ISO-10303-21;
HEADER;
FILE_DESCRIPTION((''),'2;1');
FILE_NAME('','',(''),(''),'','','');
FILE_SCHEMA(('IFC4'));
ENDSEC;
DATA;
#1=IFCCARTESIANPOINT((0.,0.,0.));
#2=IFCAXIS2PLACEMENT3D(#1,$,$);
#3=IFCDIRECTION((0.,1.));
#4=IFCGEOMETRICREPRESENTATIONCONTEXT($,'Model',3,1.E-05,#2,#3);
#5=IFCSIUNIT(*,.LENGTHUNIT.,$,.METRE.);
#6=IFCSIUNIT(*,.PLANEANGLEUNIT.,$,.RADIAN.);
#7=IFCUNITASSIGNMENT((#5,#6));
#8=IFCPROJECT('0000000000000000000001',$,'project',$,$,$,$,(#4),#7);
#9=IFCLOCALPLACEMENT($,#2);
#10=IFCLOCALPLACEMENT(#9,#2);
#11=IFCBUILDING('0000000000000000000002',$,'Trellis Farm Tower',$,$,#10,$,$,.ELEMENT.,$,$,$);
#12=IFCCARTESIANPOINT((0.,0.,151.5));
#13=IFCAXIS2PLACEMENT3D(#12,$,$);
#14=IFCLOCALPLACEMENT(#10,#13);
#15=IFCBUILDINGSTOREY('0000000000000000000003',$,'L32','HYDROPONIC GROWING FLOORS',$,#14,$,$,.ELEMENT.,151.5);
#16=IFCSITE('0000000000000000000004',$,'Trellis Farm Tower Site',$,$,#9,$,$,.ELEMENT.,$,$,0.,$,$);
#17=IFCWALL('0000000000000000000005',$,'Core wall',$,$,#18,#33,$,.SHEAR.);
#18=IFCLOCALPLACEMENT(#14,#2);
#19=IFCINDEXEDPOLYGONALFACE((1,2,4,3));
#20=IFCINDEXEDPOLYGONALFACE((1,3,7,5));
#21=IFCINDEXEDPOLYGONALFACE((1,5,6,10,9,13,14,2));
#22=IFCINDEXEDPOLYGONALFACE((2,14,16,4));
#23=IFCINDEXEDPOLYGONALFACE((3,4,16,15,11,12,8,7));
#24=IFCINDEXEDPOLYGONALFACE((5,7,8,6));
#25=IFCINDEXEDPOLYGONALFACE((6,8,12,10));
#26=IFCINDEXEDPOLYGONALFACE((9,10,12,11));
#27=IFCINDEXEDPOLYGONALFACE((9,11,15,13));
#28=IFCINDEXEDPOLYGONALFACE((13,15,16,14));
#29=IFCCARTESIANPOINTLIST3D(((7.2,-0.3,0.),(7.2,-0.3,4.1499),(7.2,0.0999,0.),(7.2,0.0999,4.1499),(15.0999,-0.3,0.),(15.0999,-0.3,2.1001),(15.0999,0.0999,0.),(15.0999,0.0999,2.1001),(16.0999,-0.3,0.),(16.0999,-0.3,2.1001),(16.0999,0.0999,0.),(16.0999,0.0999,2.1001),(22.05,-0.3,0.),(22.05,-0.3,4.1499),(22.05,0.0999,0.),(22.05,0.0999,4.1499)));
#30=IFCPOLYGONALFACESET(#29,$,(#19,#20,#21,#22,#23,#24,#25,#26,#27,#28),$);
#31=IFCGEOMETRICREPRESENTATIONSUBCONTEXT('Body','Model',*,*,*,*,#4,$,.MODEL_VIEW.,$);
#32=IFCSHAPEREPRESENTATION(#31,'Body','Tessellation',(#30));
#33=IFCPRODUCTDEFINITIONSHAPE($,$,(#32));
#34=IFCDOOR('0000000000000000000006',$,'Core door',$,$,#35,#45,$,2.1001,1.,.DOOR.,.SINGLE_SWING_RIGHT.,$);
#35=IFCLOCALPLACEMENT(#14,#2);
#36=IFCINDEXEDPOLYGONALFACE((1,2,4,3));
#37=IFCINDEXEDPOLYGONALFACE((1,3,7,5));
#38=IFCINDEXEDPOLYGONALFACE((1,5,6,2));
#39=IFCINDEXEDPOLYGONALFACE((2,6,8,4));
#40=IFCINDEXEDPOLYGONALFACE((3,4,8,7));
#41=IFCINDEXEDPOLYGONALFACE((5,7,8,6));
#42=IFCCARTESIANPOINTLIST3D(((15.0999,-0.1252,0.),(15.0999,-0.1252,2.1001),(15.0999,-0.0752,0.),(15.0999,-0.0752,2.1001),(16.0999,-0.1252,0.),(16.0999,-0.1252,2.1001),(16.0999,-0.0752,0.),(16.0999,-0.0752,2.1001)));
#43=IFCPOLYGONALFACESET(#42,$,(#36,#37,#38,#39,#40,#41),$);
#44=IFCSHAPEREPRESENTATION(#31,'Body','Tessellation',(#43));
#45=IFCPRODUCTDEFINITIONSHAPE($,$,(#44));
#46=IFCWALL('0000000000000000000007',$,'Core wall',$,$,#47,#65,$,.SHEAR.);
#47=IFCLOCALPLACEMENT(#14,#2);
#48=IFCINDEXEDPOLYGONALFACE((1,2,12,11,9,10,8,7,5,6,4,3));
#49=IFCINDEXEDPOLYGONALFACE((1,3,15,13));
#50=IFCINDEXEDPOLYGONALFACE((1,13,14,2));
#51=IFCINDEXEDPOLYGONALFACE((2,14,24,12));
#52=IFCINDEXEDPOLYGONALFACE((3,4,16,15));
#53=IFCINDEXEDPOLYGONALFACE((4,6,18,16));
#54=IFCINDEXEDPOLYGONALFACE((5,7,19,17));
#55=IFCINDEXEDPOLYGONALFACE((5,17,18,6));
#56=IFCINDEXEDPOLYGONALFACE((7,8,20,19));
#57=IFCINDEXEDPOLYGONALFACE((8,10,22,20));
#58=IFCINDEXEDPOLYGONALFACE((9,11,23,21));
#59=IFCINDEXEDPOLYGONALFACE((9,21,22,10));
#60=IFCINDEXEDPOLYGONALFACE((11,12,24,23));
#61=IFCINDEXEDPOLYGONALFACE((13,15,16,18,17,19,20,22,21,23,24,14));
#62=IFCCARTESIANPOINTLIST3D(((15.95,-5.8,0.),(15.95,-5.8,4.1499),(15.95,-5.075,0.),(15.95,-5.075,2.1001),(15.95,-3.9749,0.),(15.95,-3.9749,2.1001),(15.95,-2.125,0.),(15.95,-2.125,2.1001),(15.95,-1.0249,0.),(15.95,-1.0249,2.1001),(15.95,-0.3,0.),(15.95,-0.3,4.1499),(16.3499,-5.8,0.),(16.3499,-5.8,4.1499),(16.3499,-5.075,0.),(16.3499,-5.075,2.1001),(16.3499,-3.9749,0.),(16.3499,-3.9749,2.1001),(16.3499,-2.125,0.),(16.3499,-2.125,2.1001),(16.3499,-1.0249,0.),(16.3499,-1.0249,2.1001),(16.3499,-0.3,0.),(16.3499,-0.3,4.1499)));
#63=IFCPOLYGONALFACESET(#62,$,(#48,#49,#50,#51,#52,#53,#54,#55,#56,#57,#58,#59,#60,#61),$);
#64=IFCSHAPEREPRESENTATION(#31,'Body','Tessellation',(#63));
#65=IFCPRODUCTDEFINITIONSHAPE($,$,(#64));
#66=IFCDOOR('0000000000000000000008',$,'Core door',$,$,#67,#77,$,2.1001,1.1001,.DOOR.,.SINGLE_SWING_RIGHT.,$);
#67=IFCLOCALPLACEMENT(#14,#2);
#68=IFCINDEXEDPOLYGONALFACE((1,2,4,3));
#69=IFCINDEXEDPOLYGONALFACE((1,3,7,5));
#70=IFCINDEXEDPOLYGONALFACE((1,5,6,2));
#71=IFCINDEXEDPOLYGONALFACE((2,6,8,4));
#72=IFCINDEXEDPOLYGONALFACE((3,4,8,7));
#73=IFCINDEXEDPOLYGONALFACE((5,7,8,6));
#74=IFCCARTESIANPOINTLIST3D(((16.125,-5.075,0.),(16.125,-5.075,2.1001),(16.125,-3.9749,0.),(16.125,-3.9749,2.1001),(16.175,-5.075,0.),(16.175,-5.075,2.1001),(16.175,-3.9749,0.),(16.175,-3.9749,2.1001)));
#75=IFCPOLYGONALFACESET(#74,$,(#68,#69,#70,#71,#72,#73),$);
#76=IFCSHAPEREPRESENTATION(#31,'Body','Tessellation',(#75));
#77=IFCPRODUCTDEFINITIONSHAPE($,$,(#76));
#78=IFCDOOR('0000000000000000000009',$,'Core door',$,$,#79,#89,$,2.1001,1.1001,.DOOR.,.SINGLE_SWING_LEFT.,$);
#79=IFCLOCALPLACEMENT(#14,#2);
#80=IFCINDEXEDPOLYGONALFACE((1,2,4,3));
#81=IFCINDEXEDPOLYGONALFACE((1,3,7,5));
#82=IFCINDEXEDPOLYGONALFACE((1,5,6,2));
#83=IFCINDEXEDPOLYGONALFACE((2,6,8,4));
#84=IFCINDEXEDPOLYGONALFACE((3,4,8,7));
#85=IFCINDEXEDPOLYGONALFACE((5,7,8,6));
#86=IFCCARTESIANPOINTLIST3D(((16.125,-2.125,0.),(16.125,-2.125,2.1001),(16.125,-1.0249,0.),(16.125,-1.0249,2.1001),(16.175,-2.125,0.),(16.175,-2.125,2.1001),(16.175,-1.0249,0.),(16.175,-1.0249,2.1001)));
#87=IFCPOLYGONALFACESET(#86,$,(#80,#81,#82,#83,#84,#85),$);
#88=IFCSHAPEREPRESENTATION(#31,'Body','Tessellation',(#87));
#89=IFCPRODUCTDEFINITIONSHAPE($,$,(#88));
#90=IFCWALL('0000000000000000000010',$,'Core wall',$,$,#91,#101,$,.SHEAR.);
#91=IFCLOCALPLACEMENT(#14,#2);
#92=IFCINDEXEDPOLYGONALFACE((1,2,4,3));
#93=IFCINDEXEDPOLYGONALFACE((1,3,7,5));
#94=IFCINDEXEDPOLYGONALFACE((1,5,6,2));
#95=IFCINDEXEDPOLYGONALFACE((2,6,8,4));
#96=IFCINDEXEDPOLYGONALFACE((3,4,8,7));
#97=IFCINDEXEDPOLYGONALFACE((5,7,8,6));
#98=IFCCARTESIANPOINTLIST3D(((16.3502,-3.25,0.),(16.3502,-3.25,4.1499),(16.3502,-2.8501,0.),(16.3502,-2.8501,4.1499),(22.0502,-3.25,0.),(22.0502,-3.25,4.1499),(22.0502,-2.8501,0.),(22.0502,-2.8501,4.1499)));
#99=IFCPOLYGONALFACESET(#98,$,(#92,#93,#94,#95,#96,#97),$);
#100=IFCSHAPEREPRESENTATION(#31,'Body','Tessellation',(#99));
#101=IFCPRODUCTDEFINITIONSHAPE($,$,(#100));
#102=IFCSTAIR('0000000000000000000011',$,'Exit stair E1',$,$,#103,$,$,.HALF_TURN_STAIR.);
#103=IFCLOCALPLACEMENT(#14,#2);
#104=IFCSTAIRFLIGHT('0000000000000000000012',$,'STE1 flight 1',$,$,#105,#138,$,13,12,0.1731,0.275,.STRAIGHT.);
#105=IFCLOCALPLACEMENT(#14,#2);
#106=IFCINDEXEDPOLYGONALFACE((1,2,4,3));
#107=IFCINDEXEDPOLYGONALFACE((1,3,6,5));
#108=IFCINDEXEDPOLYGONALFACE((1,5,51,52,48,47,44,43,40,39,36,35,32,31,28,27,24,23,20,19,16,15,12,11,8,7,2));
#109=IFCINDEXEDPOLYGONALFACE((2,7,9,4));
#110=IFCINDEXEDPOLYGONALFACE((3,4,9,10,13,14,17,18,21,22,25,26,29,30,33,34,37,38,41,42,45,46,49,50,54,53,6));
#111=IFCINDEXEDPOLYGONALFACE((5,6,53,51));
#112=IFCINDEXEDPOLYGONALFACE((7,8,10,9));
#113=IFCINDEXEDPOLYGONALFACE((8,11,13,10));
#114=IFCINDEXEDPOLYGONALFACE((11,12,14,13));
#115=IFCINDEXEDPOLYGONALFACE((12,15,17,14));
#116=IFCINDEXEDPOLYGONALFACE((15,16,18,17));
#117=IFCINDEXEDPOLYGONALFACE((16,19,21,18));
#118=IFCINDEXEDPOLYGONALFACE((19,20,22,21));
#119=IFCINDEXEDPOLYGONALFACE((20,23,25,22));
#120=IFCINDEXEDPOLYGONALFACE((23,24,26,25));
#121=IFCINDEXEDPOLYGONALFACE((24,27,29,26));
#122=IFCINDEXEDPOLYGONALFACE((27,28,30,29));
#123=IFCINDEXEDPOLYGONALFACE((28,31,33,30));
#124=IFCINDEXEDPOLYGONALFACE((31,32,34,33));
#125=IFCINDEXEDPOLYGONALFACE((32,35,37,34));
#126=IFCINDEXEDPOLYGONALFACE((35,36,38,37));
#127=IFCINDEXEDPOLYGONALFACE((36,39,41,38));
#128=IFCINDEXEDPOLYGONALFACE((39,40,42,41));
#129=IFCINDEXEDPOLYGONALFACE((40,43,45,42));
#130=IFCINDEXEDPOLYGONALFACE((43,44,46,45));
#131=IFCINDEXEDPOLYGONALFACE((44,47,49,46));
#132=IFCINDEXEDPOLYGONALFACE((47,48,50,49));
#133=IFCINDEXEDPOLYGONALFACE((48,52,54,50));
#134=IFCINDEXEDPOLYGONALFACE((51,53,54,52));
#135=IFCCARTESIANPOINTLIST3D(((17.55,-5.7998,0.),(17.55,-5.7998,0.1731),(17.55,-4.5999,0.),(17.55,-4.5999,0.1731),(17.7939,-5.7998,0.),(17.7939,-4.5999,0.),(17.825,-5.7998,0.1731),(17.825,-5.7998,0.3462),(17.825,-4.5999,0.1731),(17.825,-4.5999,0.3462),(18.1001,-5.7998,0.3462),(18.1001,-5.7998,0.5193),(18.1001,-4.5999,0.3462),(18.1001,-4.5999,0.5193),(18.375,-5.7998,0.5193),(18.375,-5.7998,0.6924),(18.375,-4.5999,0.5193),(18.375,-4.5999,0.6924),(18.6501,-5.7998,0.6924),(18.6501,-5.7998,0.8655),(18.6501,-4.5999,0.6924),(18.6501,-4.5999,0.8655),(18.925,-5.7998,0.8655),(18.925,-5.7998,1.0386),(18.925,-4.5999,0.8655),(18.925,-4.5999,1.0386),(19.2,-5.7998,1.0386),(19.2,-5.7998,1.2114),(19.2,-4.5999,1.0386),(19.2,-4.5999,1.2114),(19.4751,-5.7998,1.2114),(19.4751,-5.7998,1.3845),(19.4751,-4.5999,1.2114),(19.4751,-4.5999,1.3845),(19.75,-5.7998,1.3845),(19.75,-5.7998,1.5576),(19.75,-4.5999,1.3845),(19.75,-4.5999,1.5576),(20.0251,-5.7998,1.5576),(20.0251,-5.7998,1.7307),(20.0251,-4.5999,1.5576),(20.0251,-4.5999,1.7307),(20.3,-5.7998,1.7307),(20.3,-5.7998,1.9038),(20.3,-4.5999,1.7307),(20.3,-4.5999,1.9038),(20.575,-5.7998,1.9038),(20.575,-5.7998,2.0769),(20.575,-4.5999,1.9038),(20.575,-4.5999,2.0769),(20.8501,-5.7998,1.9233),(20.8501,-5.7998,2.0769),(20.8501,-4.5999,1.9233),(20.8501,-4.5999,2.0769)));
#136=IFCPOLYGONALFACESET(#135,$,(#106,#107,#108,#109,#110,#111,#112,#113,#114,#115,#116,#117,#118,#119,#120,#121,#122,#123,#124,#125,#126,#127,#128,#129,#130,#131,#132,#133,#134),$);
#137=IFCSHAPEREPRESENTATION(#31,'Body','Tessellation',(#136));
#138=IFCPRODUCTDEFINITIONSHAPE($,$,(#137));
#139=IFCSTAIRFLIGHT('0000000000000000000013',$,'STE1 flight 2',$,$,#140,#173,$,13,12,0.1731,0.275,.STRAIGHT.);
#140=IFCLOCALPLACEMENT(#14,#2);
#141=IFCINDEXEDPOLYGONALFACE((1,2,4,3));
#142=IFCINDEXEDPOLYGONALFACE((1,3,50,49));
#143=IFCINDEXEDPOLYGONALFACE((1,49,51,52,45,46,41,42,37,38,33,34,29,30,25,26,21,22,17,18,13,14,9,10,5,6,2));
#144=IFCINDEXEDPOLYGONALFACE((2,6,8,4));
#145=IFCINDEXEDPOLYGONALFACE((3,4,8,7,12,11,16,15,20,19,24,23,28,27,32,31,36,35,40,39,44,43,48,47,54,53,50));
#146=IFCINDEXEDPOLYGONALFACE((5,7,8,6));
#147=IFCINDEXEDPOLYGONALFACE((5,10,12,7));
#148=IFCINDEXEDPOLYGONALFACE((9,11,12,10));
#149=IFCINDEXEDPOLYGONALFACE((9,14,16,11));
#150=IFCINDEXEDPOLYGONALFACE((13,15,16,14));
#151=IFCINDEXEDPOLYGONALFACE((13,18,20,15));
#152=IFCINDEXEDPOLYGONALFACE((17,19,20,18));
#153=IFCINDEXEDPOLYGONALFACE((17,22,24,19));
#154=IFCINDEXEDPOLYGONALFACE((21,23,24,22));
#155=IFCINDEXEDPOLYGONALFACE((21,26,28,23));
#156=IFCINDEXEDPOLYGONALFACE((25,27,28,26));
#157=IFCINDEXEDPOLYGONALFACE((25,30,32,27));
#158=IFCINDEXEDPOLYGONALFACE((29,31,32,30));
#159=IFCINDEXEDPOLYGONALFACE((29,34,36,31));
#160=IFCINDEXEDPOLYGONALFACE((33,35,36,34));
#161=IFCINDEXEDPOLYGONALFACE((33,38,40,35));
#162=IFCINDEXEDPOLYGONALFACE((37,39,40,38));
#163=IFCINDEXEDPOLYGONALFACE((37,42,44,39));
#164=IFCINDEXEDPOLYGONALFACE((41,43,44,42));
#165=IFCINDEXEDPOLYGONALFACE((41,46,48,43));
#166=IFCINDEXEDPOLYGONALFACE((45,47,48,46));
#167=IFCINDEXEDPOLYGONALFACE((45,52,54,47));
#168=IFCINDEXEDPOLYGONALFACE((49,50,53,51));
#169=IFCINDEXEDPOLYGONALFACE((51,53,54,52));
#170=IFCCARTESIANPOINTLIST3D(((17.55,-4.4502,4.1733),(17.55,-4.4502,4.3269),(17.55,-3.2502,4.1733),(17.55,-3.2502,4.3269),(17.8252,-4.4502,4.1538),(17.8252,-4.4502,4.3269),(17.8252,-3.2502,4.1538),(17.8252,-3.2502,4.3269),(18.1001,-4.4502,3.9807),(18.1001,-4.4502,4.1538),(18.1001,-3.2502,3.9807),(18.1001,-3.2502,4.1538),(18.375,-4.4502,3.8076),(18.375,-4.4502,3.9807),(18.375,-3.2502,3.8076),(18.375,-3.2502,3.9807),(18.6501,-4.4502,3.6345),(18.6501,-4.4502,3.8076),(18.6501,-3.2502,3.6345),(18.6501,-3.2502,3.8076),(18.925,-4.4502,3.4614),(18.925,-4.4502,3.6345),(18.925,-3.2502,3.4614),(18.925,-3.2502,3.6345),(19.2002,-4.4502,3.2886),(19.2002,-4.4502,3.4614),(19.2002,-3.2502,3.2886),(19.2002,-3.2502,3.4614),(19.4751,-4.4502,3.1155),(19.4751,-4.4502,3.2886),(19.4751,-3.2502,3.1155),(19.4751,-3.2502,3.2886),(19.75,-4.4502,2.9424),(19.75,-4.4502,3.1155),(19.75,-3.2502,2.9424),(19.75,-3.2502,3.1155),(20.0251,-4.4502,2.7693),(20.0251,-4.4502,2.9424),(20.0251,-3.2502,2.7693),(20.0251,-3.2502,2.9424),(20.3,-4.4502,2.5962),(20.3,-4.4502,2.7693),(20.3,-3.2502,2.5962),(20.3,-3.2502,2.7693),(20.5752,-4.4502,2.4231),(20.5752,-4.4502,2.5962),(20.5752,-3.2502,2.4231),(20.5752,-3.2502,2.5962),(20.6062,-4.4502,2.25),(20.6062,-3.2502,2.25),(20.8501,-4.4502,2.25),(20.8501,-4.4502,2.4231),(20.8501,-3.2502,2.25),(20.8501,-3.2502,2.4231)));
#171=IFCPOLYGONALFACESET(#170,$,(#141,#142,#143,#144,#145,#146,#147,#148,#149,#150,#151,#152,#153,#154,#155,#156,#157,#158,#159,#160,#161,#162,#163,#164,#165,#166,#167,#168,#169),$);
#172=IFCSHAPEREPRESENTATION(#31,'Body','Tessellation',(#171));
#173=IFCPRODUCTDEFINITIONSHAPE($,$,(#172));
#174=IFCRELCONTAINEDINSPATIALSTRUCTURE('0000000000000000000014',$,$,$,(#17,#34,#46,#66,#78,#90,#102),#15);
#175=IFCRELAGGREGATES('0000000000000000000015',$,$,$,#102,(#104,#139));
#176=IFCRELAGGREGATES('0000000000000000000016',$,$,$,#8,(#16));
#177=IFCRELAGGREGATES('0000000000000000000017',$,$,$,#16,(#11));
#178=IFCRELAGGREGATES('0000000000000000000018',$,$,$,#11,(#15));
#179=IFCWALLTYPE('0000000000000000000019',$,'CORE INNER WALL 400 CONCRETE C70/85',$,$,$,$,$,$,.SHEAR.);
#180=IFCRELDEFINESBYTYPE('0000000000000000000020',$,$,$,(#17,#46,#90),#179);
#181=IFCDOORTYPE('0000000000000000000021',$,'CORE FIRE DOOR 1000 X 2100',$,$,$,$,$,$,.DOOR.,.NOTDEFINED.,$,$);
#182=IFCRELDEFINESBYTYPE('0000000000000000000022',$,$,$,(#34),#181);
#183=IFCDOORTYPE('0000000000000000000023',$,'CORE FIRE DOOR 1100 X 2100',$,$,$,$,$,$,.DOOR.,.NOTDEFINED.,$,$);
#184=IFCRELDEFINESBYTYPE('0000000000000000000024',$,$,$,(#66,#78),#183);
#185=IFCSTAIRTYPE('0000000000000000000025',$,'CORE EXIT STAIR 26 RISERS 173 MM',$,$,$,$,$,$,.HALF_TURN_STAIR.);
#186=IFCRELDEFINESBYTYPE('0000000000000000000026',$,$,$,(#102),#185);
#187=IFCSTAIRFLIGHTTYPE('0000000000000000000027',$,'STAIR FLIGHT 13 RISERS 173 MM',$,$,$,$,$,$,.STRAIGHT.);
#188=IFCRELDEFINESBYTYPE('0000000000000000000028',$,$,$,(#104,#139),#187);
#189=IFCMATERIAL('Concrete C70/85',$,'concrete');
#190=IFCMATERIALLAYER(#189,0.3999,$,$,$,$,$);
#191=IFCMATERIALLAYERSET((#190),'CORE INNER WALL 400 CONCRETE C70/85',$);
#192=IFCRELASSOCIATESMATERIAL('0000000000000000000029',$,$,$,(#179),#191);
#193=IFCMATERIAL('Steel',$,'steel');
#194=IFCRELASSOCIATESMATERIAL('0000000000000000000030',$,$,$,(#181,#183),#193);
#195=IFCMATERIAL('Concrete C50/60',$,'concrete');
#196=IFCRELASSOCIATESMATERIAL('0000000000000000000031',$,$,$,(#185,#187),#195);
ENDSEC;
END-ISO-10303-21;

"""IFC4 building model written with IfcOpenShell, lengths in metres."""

from ifc_helpers import new_model, si_unit, direction, frame, frame_2d, origin, place, context, subcontext, project, spatial, polyline, rectangle, outline, extrude, source, transform, mapped, material, layer, layer_set, type_object, element, fill, aggregate, save


model = new_model("IFC4")

# Units and contexts
model_context = context("Model", 3, precision=1e-05, world=origin(), true_north=direction((0.0, 1.0)))
body_context = subcontext(model_context, "Body", "Model", "MODEL_VIEW")
ifc_project = project(units=[si_unit("LENGTHUNIT", "METRE"), si_unit("PLANEANGLEUNIT", "RADIAN")], contexts=[model_context])

# Site, building, storey
site_placement = place(None, origin())
site = spatial("IfcSite", under=ifc_project, at=site_placement, Name="Trellis Farm Tower Site", CompositionType="ELEMENT", RefElevation=0.0)
building_placement = place(site_placement, origin())
building = spatial("IfcBuilding", under=site, at=building_placement, Name="Trellis Farm Tower", CompositionType="ELEMENT")
storey_placement = place(building_placement, frame((0.0, 0.0, 151.5)))
storey = spatial("IfcBuildingStorey", under=building, at=storey_placement, Name="L32", Description="HYDROPONIC GROWING FLOORS", CompositionType="ELEMENT", Elevation=151.5)

# Shared definitions
placement = place(storey_placement, origin())

# Shared definitions
ifc_material_1 = material(Name="Concrete C70/85", Category="concrete")
ifc_layer_1 = layer(ifc_material_1, 0.3999)
ifc_layer_set_1 = layer_set([ifc_layer_1], Name="CORE INNER WALL 400 CONCRETE C70/85")
wall_type_1 = type_object("IfcWallType", Name="CORE INNER WALL 400 CONCRETE C70/85", PredefinedType="SHEAR", material=ifc_layer_set_1)

# Shared definitions
shared_shape_1 = source(origin(), body_context, "Body", "SweptSolid", [
    extrude(rectangle(XDim=1.1001, YDim=2.1001, at=frame_2d((0.55, 1.05))), frame((0.0, 0.21, 0.0), z_axis=(0.0, -1.0, 0.0), x_axis=(1.0, 0.0, 0.0)), (0.0, 0.0, 1.0), 0.4199),
])
shared_shape_2 = source(origin(), body_context, "Body", "SweptSolid", [
    extrude(rectangle(XDim=1.1001, YDim=2.1001, at=frame_2d((0.55, 1.05))), frame((0.0, 0.0249, 0.0), z_axis=(0.0, -1.0, 0.0), x_axis=(1.0, 0.0, 0.0)), (0.0, 0.0, 1.0), 0.05),
])

# Wall, opening, door
shared_shape_3 = source(origin(), body_context, "Body", "SweptSolid", [
    extrude(rectangle(XDim=14.8501, YDim=0.3999, at=frame_2d((7.425, 0.0))), origin(), (0.0, 0.0, 1.0), 4.1499),
])
wall_1_placement = place(storey_placement, frame((7.2, -0.1001, 0.0), z_axis=(0.0, 0.0, 1.0), x_axis=(1.0, 0.0, 0.0)))
wall_1 = element("IfcWall", 1, at=wall_1_placement, inside=storey, type_object=wall_type_1, Name="Core wall", PredefinedType="SHEAR", context=body_context, shape_type="MappedRepresentation", body=[
    mapped(shared_shape_3, transform((0.0, 0.0, 0.0))),
])
shared_shape_4 = source(origin(), body_context, "Body", "SweptSolid", [
    extrude(rectangle(XDim=1.0, YDim=2.1001, at=frame_2d((0.5, 1.05))), frame((0.0, 0.21, 0.0), z_axis=(0.0, -1.0, 0.0), x_axis=(1.0, 0.0, 0.0)), (0.0, 0.0, 1.0), 0.4199),
])
opening_1_placement = place(wall_1_placement, frame((7.8999, 0.0, 0.0)))
opening_1 = element("IfcOpeningElement", 2, at=opening_1_placement, cuts=wall_1, PredefinedType="OPENING", context=body_context, shape_type="MappedRepresentation", body=[
    mapped(shared_shape_4, transform((0.0, 0.0, 0.0))),
])
ifc_material_2 = material(Name="Steel", Category="steel")
door_type_1 = type_object("IfcDoorType", Name="CORE FIRE DOOR 1000 X 2100", OperationType="NOTDEFINED", PredefinedType="DOOR", material=ifc_material_2)
shared_shape_5 = source(origin(), body_context, "Body", "SweptSolid", [
    extrude(rectangle(XDim=1.0, YDim=2.1001, at=frame_2d((0.5, 1.05))), frame((0.0, 0.0249, 0.0), z_axis=(0.0, -1.0, 0.0), x_axis=(1.0, 0.0, 0.0)), (0.0, 0.0, 1.0), 0.05),
])
door_1_placement = place(opening_1_placement, origin())
door_1 = element("IfcDoor", 3, at=door_1_placement, inside=storey, type_object=door_type_1, Name="Core door", OperationType="SINGLE_SWING_RIGHT", OverallHeight=2.1001, OverallWidth=1.0, PredefinedType="DOOR", context=body_context, shape_type="MappedRepresentation", body=[
    mapped(shared_shape_5, transform((0.0, 0.0, 0.0))),
])
fill(opening_1, door_1)

# Wall, openings, doors
shared_shape_6 = source(origin(), body_context, "Body", "SweptSolid", [
    extrude(rectangle(XDim=5.5, YDim=0.3999, at=frame_2d((2.75, 0.0))), origin(), (0.0, 0.0, 1.0), 4.1499),
])
wall_2_placement = place(storey_placement, frame((16.1499, -5.8, 0.0), z_axis=(0.0, 0.0, 1.0), x_axis=(0.0, 1.0, 0.0)))
wall_2 = element("IfcWall", 4, at=wall_2_placement, inside=storey, type_object=wall_type_1, Name="Core wall", PredefinedType="SHEAR", context=body_context, shape_type="MappedRepresentation", body=[
    mapped(shared_shape_6, transform((0.0, 0.0, 0.0))),
])
opening_2_placement = place(wall_2_placement, frame((0.7251, 0.0, 0.0)))
opening_2 = element("IfcOpeningElement", 5, at=opening_2_placement, cuts=wall_2, PredefinedType="OPENING", context=body_context, shape_type="MappedRepresentation", body=[
    mapped(shared_shape_1, transform((0.0, 0.0, 0.0))),
])
opening_3_placement = place(wall_2_placement, frame((3.675, 0.0, 0.0)))
opening_3 = element("IfcOpeningElement", 6, at=opening_3_placement, cuts=wall_2, PredefinedType="OPENING", context=body_context, shape_type="MappedRepresentation", body=[
    mapped(shared_shape_1, transform((0.0, 0.0, 0.0))),
])
door_type_2 = type_object("IfcDoorType", Name="CORE FIRE DOOR 1100 X 2100", OperationType="NOTDEFINED", PredefinedType="DOOR", material=ifc_material_2)
door_2_placement = place(opening_2_placement, origin())
door_2 = element("IfcDoor", 7, at=door_2_placement, inside=storey, type_object=door_type_2, Name="Core door", OperationType="SINGLE_SWING_RIGHT", OverallHeight=2.1001, OverallWidth=1.1001, PredefinedType="DOOR", context=body_context, shape_type="MappedRepresentation", body=[
    mapped(shared_shape_2, transform((0.0, 0.0, 0.0))),
])
fill(opening_2, door_2)
door_3_placement = place(opening_3_placement, origin())
door_3 = element("IfcDoor", 8, at=door_3_placement, inside=storey, type_object=door_type_2, Name="Core door", OperationType="SINGLE_SWING_LEFT", OverallHeight=2.1001, OverallWidth=1.1001, PredefinedType="DOOR", context=body_context, shape_type="MappedRepresentation", body=[
    mapped(shared_shape_2, transform((0.0, 0.0, 0.0))),
])
fill(opening_3, door_3)

# Wall
shared_shape_7 = source(origin(), body_context, "Body", "SweptSolid", [
    extrude(rectangle(XDim=5.7, YDim=0.3999, at=frame_2d((2.8501, 0.0))), origin(), (0.0, 0.0, 1.0), 4.1499),
])
wall_3_placement = place(storey_placement, frame((16.3501, -3.05, 0.0), z_axis=(0.0, 0.0, 1.0), x_axis=(1.0, 0.0, 0.0)))
element("IfcWall", 9, at=wall_3_placement, inside=storey, type_object=wall_type_1, Name="Core wall", PredefinedType="SHEAR", context=body_context, shape_type="MappedRepresentation", body=[
    mapped(shared_shape_7, transform((0.0, 0.0, 0.0))),
])

# Stair, stair flights
ifc_material_3 = material(Name="Concrete C50/60", Category="concrete")
stair_type = type_object("IfcStairType", Name="CORE EXIT STAIR 26 RISERS 173 MM", PredefinedType="HALF_TURN_STAIR", material=ifc_material_3)
stair_1 = element("IfcStair", 10, at=placement, inside=storey, type_object=stair_type, Name="Exit stair E1", PredefinedType="HALF_TURN_STAIR")
stair_flight_type = type_object("IfcStairFlightType", Name="STAIR FLIGHT 13 RISERS 173 MM", PredefinedType="STRAIGHT", material=ifc_material_3)
shared_shape_8 = source(origin(), body_context, "Body", "SweptSolid", [
    extrude(outline(polyline([(0.0, 0.0), (0.0, 0.1731), (0.2749, 0.1731), (0.2749, 0.3462), (0.55, 0.3462), (0.55, 0.5193), (0.825, 0.5193), (0.825, 0.6924), (1.1001, 0.6924), (1.1001, 0.8655), (1.375, 0.8655), (1.375, 1.0386), (1.6499, 1.0386), (1.6499, 1.2114), (1.925, 1.2114), (1.925, 1.3845), (2.2, 1.3845), (2.2, 1.5576), (2.4751, 1.5576), (2.4751, 1.7307), (2.75, 1.7307), (2.75, 1.9038), (3.0249, 1.9038), (3.0249, 2.0769), (3.3, 2.0769), (3.3, 2.25), (3.3, 1.9233), (0.2439, 0.0), (0.0, 0.0)])), frame((0.0, 0.6001, 0.0), z_axis=(0.0, -1.0, 0.0), x_axis=(1.0, 0.0, 0.0)), (0.0, 0.0, 1.0), 1.2),
])
stair_flight_1_placement = place(storey_placement, frame((17.55, -5.2, 0.0), z_axis=(0.0, 0.0, 1.0), x_axis=(1.0, 0.0, 0.0)))
stair_flight_1 = element("IfcStairFlight", 11, at=stair_flight_1_placement, type_object=stair_flight_type, Name="STE1 flight 1", NumberOfRisers=13, NumberOfTreads=12, PredefinedType="STRAIGHT", RiserHeight=0.1731, TreadLength=0.275, context=body_context, shape_type="MappedRepresentation", body=[
    mapped(shared_shape_8, transform((0.0, 0.0, 0.0))),
])
stair_flight_2_placement = place(storey_placement, frame((20.8501, -3.8501, 2.25), z_axis=(0.0, 0.0, 1.0), x_axis=(-1.0, 0.0, 0.0)))
stair_flight_2 = element("IfcStairFlight", 12, at=stair_flight_2_placement, type_object=stair_flight_type, Name="STE1 flight 2", NumberOfRisers=13, NumberOfTreads=12, PredefinedType="STRAIGHT", RiserHeight=0.1731, TreadLength=0.275, context=body_context, shape_type="MappedRepresentation", body=[
    mapped(shared_shape_8, transform((0.0, 0.0, 0.0))),
])
aggregate(stair_1, [stair_flight_1, stair_flight_2])

save(model, "model.ifc")
